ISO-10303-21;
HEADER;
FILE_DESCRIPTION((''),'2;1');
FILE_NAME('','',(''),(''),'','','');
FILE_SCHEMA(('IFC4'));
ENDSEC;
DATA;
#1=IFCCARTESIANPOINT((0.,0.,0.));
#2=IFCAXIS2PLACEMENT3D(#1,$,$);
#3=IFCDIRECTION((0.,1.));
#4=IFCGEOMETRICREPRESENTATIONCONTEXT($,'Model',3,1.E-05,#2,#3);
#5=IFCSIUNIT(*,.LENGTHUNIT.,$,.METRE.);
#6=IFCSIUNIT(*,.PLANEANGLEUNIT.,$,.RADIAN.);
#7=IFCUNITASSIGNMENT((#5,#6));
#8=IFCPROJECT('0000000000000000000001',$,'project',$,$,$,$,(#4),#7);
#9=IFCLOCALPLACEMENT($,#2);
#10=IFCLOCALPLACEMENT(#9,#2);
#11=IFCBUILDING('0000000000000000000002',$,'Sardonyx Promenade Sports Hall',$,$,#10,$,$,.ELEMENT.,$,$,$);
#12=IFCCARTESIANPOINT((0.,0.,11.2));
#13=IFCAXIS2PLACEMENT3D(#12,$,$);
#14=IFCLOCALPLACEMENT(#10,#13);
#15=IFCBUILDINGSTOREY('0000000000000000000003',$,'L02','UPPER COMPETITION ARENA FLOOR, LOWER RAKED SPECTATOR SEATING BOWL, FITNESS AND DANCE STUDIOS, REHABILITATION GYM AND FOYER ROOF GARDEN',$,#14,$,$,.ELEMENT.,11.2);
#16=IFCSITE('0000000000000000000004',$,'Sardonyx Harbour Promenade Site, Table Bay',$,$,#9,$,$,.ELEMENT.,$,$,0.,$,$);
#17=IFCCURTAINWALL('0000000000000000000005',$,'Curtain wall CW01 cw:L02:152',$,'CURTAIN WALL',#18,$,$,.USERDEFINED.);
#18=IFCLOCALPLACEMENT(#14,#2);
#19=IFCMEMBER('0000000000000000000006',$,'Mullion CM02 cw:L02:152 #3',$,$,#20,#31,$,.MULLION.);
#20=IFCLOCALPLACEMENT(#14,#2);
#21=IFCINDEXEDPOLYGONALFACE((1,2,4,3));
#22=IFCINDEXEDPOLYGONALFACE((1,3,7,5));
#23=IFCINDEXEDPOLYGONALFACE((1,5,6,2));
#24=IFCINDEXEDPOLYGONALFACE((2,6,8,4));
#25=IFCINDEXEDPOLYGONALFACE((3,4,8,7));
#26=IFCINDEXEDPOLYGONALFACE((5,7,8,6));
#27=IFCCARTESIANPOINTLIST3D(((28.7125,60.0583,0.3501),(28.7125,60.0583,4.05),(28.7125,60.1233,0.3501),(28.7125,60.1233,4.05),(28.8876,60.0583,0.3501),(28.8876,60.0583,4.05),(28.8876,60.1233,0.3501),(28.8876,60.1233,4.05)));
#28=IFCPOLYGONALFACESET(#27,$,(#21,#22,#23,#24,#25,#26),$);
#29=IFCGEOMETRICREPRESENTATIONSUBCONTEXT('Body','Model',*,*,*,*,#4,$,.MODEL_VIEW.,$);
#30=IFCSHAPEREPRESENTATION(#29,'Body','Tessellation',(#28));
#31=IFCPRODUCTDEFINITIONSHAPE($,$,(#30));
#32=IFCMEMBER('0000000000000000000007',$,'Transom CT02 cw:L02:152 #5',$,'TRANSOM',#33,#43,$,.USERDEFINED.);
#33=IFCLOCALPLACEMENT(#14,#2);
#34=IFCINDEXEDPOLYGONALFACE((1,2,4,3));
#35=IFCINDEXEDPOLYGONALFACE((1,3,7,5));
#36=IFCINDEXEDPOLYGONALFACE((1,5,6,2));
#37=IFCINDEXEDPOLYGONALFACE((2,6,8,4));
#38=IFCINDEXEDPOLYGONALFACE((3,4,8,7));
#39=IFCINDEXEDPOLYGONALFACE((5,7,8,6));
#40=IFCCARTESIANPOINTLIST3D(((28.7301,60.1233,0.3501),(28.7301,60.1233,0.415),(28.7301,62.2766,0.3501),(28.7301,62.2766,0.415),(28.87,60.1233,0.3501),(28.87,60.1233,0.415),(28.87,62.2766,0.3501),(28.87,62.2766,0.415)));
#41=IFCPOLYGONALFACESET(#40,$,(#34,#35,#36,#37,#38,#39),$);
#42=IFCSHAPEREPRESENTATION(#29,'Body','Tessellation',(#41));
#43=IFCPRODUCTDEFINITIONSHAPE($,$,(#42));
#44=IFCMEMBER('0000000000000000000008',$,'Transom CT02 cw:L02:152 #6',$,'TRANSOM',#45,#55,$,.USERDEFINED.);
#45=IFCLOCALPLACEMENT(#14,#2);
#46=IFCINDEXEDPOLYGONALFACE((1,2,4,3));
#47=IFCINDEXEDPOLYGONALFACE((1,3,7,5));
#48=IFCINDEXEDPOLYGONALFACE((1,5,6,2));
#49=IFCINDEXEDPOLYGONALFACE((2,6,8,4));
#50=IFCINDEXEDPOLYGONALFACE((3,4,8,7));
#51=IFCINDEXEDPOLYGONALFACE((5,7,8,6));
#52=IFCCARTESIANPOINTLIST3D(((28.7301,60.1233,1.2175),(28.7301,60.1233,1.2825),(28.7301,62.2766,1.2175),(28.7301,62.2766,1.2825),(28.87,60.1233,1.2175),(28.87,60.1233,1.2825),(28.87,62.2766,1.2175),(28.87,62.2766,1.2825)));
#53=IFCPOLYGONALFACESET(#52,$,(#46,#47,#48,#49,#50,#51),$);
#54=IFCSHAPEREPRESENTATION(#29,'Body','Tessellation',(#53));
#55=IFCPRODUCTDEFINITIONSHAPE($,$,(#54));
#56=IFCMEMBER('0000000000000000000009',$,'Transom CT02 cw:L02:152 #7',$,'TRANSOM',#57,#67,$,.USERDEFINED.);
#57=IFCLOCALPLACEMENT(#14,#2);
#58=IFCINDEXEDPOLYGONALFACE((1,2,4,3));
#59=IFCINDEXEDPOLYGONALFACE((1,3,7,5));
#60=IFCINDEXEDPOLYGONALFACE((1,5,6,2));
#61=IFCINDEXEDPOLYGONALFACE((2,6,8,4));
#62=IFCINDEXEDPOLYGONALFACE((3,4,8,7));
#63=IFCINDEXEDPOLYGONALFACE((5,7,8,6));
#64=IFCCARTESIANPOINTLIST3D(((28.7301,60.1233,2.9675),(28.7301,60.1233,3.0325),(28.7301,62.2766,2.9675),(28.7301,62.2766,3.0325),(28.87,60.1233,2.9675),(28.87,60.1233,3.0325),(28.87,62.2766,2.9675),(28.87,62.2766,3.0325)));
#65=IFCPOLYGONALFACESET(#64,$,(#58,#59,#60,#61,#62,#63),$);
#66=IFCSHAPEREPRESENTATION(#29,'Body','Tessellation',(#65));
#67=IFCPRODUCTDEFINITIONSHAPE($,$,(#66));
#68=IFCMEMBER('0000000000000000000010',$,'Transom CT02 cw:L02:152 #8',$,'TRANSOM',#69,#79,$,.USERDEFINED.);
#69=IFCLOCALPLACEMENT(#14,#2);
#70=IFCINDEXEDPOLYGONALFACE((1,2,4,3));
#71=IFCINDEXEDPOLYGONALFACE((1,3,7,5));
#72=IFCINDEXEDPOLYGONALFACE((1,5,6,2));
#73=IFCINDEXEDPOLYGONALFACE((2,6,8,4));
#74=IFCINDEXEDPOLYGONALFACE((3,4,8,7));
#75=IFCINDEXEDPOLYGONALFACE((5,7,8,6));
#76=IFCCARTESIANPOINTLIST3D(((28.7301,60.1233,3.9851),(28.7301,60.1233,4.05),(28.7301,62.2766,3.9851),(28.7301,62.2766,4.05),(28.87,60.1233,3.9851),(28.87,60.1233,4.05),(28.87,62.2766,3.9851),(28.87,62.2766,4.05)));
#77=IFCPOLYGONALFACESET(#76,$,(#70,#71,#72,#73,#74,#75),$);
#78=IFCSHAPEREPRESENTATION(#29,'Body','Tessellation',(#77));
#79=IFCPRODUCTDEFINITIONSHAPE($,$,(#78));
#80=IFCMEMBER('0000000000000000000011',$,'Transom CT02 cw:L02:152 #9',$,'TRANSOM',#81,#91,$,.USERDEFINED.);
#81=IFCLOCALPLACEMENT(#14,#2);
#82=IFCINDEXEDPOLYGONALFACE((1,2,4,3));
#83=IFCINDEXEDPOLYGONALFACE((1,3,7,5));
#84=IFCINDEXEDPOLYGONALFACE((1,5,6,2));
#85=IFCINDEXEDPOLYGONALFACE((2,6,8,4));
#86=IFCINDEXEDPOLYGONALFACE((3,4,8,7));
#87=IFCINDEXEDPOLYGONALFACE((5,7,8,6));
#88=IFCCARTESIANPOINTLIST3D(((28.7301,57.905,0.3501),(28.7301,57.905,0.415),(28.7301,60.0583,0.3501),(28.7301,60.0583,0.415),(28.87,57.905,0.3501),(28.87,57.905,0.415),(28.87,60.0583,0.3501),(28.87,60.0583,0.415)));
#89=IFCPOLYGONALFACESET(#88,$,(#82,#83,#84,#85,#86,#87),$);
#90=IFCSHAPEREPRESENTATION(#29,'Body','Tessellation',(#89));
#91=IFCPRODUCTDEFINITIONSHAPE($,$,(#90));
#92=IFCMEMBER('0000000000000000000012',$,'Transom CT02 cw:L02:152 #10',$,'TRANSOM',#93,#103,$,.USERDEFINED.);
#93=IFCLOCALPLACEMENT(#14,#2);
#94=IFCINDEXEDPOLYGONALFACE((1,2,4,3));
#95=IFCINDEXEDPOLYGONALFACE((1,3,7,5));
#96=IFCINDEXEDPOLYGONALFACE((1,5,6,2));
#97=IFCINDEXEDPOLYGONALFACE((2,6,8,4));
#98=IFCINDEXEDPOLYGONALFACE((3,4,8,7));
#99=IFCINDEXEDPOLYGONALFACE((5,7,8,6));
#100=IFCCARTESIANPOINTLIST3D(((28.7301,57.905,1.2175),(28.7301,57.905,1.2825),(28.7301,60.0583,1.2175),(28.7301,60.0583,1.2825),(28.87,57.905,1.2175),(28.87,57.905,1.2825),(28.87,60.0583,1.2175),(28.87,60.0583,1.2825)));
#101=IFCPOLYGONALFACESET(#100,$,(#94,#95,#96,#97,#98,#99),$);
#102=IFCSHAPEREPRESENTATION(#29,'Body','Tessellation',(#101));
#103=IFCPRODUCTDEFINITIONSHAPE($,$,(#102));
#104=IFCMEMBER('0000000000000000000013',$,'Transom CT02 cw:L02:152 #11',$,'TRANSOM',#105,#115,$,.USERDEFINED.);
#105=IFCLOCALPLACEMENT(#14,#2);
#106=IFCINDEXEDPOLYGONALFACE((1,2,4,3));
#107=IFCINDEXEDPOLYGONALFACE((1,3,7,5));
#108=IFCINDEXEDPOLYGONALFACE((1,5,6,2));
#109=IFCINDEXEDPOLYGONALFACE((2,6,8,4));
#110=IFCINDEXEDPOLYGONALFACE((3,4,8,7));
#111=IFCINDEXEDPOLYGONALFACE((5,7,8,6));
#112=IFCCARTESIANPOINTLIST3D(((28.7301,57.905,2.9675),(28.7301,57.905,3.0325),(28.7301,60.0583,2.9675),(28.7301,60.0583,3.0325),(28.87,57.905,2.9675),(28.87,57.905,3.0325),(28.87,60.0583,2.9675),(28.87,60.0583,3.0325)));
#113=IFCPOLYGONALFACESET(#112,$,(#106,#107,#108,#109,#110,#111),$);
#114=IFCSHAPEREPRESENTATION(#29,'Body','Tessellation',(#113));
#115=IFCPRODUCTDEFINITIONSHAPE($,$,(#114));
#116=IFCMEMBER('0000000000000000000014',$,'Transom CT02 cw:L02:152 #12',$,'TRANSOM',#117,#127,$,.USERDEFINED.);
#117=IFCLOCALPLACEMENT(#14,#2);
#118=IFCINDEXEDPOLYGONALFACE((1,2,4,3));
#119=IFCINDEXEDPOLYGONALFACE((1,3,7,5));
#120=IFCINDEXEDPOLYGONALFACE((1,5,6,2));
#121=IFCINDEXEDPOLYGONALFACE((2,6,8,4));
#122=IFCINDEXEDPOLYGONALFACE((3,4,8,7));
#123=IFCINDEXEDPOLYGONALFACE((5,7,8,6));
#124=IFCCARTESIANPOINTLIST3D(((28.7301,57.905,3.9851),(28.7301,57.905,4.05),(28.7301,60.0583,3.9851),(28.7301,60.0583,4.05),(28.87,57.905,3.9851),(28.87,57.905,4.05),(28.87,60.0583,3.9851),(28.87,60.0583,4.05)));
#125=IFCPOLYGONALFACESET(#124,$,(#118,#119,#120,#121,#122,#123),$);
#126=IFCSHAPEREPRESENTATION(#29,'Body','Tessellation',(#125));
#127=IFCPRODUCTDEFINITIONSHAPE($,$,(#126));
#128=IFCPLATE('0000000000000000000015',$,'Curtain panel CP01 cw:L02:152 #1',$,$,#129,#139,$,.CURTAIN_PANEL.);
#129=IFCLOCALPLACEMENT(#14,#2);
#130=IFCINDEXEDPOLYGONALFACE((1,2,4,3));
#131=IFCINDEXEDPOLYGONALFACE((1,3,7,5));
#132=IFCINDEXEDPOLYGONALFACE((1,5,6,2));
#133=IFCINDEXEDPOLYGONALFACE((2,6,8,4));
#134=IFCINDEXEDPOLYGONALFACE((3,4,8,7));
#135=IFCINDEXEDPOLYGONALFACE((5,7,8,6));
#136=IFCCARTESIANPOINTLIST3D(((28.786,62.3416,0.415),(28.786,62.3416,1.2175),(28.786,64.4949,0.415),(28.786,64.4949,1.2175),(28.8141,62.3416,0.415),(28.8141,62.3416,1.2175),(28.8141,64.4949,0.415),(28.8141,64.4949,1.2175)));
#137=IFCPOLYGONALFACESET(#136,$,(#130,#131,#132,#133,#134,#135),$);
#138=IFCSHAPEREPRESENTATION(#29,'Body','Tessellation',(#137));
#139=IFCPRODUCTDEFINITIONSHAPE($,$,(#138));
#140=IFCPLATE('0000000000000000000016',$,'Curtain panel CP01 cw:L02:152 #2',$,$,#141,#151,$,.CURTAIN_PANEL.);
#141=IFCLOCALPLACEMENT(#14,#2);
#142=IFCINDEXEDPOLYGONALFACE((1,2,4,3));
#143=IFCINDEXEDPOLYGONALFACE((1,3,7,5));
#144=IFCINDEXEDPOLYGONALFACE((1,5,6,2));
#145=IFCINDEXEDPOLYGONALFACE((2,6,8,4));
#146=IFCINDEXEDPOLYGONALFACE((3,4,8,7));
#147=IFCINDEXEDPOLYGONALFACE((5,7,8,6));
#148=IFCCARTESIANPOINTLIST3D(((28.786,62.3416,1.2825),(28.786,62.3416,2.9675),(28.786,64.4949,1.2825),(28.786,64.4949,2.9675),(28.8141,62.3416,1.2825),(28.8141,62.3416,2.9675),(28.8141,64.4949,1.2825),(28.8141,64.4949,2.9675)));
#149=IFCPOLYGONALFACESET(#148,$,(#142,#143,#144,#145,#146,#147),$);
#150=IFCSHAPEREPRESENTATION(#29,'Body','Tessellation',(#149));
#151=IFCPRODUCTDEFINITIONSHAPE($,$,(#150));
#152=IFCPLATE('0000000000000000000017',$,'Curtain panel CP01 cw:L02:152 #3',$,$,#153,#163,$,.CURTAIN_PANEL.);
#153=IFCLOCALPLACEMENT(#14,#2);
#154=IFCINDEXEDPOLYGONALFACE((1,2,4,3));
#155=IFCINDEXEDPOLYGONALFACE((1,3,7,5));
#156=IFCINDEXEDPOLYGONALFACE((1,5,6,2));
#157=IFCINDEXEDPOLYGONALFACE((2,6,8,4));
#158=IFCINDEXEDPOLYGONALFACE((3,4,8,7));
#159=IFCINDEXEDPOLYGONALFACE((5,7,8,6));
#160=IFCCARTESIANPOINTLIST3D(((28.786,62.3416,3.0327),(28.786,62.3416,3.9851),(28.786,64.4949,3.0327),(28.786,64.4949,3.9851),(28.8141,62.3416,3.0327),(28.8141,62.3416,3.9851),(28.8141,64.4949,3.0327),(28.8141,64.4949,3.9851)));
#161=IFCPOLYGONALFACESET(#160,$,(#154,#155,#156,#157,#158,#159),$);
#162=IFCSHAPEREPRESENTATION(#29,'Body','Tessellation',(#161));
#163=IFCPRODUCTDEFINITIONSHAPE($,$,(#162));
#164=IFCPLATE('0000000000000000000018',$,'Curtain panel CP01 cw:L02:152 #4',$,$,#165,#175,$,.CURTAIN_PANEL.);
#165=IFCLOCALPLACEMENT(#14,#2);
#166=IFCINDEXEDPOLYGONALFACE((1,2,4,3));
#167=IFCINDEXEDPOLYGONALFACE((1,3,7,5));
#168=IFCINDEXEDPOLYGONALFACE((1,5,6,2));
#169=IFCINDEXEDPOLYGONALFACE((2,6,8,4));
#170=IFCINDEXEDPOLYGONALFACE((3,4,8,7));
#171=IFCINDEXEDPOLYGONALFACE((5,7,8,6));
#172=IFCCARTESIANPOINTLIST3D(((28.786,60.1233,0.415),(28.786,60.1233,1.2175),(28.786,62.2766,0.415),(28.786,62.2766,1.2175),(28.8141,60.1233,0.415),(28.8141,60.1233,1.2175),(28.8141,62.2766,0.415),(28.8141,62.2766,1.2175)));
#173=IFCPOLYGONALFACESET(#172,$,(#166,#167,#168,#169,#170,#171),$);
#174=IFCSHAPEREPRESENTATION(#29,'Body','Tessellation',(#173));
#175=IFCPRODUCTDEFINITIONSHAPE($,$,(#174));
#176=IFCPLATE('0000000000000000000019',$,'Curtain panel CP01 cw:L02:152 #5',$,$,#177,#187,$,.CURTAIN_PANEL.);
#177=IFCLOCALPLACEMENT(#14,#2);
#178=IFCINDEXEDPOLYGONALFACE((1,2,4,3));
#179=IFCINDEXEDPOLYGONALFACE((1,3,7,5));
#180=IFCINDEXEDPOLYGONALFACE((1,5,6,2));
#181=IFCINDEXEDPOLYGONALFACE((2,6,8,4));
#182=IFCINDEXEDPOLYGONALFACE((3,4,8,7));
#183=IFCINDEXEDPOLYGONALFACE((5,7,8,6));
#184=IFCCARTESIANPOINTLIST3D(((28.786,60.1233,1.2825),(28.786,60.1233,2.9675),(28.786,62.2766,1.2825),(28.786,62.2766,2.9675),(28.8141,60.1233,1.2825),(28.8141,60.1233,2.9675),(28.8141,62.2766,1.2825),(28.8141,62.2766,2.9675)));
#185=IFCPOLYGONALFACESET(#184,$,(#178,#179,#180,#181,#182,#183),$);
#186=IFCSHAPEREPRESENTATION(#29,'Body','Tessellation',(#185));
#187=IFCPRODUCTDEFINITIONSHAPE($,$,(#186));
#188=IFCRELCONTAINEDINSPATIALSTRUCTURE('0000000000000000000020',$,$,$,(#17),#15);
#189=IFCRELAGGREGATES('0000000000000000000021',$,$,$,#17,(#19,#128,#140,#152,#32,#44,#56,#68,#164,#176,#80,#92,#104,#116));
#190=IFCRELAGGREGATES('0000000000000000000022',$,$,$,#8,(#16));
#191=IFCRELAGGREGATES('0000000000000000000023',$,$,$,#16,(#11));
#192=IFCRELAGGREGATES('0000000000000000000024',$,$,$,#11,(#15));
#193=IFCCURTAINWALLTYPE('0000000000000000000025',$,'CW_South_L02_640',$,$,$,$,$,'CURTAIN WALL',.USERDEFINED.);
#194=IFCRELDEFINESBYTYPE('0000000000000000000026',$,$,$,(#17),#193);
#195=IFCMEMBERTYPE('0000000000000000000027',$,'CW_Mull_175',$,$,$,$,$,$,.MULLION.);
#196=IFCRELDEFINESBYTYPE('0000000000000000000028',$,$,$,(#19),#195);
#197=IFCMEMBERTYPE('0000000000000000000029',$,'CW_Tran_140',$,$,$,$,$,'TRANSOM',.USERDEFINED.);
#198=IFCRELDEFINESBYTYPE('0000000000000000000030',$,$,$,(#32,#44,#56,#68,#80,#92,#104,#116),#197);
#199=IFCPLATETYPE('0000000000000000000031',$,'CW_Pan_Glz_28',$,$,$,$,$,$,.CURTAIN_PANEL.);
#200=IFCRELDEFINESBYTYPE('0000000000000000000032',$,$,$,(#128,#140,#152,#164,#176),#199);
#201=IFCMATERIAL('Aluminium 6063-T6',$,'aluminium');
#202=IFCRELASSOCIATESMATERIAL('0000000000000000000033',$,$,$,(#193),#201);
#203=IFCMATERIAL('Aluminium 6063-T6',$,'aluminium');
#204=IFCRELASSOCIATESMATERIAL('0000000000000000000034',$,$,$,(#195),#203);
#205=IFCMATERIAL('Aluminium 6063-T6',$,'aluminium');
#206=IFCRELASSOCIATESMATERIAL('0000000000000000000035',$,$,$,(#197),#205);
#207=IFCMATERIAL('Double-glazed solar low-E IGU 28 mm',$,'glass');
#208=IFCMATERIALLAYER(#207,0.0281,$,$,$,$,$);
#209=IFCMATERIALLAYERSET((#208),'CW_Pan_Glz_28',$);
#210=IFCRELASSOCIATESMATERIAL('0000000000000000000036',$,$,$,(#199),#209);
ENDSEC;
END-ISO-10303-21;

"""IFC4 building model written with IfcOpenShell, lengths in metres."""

from ifc_helpers import new_model, si_unit, direction, frame, origin, origin_2d, place, context, subcontext, project, spatial, rectangle, extrude, material, layer, layer_set, material_profile, profile_set, type_object, element, aggregate, save


model = new_model("IFC4")

# Units and contexts
model_context = context("Model", 3, precision=1e-05, world=origin(), true_north=direction((0.0, 1.0)))
body_context = subcontext(model_context, "Body", "Model", "MODEL_VIEW")
ifc_project = project(units=[si_unit("LENGTHUNIT", "METRE"), si_unit("PLANEANGLEUNIT", "RADIAN")], contexts=[model_context])

# Site, building, storey
site_placement = place(None, origin())
site = spatial("IfcSite", under=ifc_project, at=site_placement, Name="Sardonyx Harbour Promenade Site, Table Bay", CompositionType="ELEMENT", RefElevation=0.0)
building_placement = place(site_placement, origin())
building = spatial("IfcBuilding", under=site, at=building_placement, Name="Sardonyx Promenade Sports Hall", CompositionType="ELEMENT")
storey_placement = place(building_placement, frame((0.0, 0.0, 11.2)))
storey = spatial("IfcBuildingStorey", under=building, at=storey_placement, Name="L02", Description="UPPER COMPETITION ARENA FLOOR, LOWER RAKED SPECTATOR SEATING BOWL, FITNESS AND DANCE STUDIOS, REHABILITATION GYM AND FOYER ROOF GARDEN", CompositionType="ELEMENT", Elevation=11.2)

# Curtain wall, members, plates
ifc_material_1 = material(Name="Aluminium 6063-T6", Category="aluminium")
curtain_wall_type = type_object("IfcCurtainWallType", Name="CW_South_L02_640", ElementType="CURTAIN WALL", PredefinedType="USERDEFINED", material=ifc_material_1)
curtain_wall_placement = place(storey_placement, origin())
curtain_wall = element("IfcCurtainWall", 1, at=curtain_wall_placement, inside=storey, type_object=curtain_wall_type, Name="Curtain wall CW01 cw:L02:152", ObjectType="CURTAIN WALL", PredefinedType="USERDEFINED")
ifc_material_2 = material(Name="Aluminium 6063-T6", Category="aluminium")
ifc_material_profile_1 = material_profile(ifc_material_2, rectangle(XDim=0.0649, YDim=0.175, at=origin_2d()))
ifc_profile_set_1 = profile_set([ifc_material_profile_1], Name="Aluminium 6063-T6")
member_type_1 = type_object("IfcMemberType", Name="CW_Mull_175", PredefinedType="MULLION", material=ifc_profile_set_1)
member_1_placement = place(storey_placement, frame((28.8, 60.0908, 0.3501), z_axis=(0.0, 0.0, 1.0), x_axis=(0.0, -1.0, 0.0)))
member_1 = element("IfcMember", 2, at=member_1_placement, type_object=member_type_1, Name="Mullion CM02 cw:L02:152 #3", PredefinedType="MULLION", context=body_context, shape_type="SweptSolid", body=[
    extrude(rectangle(XDim=0.0649, YDim=0.175, at=origin_2d()), origin(), (0.0, 0.0, 1.0), 3.7),
])
ifc_material_3 = material(Name="Aluminium 6063-T6", Category="aluminium")
ifc_material_profile_2 = material_profile(ifc_material_3, rectangle(XDim=0.0649, YDim=0.1399, at=origin_2d()))
ifc_profile_set_2 = profile_set([ifc_material_profile_2], Name="Aluminium 6063-T6")
member_type_2 = type_object("IfcMemberType", Name="CW_Tran_140", ElementType="TRANSOM", PredefinedType="USERDEFINED", material=ifc_profile_set_2)
member_2_placement = place(storey_placement, frame((28.8, 62.2766, 0.3826), z_axis=(0.0, -1.0, 0.0), x_axis=(0.0, 0.0, 1.0)))
member_2 = element("IfcMember", 3, at=member_2_placement, type_object=member_type_2, Name="Transom CT02 cw:L02:152 #5", ObjectType="TRANSOM", PredefinedType="USERDEFINED", context=body_context, shape_type="SweptSolid", body=[
    extrude(rectangle(XDim=0.0649, YDim=0.1399, at=origin_2d()), origin(), (0.0, 0.0, 1.0), 2.1533),
])
member_3_placement = place(storey_placement, frame((28.8, 62.2766, 1.25), z_axis=(0.0, -1.0, 0.0), x_axis=(0.0, 0.0, 1.0)))
member_3 = element("IfcMember", 4, at=member_3_placement, type_object=member_type_2, Name="Transom CT02 cw:L02:152 #6", ObjectType="TRANSOM", PredefinedType="USERDEFINED", context=body_context, shape_type="SweptSolid", body=[
    extrude(rectangle(XDim=0.0649, YDim=0.1399, at=origin_2d()), origin(), (0.0, 0.0, 1.0), 2.1533),
])
member_4_placement = place(storey_placement, frame((28.8, 62.2766, 3.0), z_axis=(0.0, -1.0, 0.0), x_axis=(0.0, 0.0, 1.0)))
member_4 = element("IfcMember", 5, at=member_4_placement, type_object=member_type_2, Name="Transom CT02 cw:L02:152 #7", ObjectType="TRANSOM", PredefinedType="USERDEFINED", context=body_context, shape_type="SweptSolid", body=[
    extrude(rectangle(XDim=0.0649, YDim=0.1399, at=origin_2d()), origin(), (0.0, 0.0, 1.0), 2.1533),
])
member_5_placement = place(storey_placement, frame((28.8, 62.2766, 4.0176), z_axis=(0.0, -1.0, 0.0), x_axis=(0.0, 0.0, 1.0)))
member_5 = element("IfcMember", 6, at=member_5_placement, type_object=member_type_2, Name="Transom CT02 cw:L02:152 #8", ObjectType="TRANSOM", PredefinedType="USERDEFINED", context=body_context, shape_type="SweptSolid", body=[
    extrude(rectangle(XDim=0.0649, YDim=0.1399, at=origin_2d()), origin(), (0.0, 0.0, 1.0), 2.1533),
])
member_6_placement = place(storey_placement, frame((28.8, 60.0583, 0.3826), z_axis=(0.0, -1.0, 0.0), x_axis=(0.0, 0.0, 1.0)))
member_6 = element("IfcMember", 7, at=member_6_placement, type_object=member_type_2, Name="Transom CT02 cw:L02:152 #9", ObjectType="TRANSOM", PredefinedType="USERDEFINED", context=body_context, shape_type="SweptSolid", body=[
    extrude(rectangle(XDim=0.0649, YDim=0.1399, at=origin_2d()), origin(), (0.0, 0.0, 1.0), 2.1533),
])
member_7_placement = place(storey_placement, frame((28.8, 60.0583, 1.25), z_axis=(0.0, -1.0, 0.0), x_axis=(0.0, 0.0, 1.0)))
member_7 = element("IfcMember", 8, at=member_7_placement, type_object=member_type_2, Name="Transom CT02 cw:L02:152 #10", ObjectType="TRANSOM", PredefinedType="USERDEFINED", context=body_context, shape_type="SweptSolid", body=[
    extrude(rectangle(XDim=0.0649, YDim=0.1399, at=origin_2d()), origin(), (0.0, 0.0, 1.0), 2.1533),
])
member_8_placement = place(storey_placement, frame((28.8, 60.0583, 3.0), z_axis=(0.0, -1.0, 0.0), x_axis=(0.0, 0.0, 1.0)))
member_8 = element("IfcMember", 9, at=member_8_placement, type_object=member_type_2, Name="Transom CT02 cw:L02:152 #11", ObjectType="TRANSOM", PredefinedType="USERDEFINED", context=body_context, shape_type="SweptSolid", body=[
    extrude(rectangle(XDim=0.0649, YDim=0.1399, at=origin_2d()), origin(), (0.0, 0.0, 1.0), 2.1533),
])
member_9_placement = place(storey_placement, frame((28.8, 60.0583, 4.0176), z_axis=(0.0, -1.0, 0.0), x_axis=(0.0, 0.0, 1.0)))
member_9 = element("IfcMember", 10, at=member_9_placement, type_object=member_type_2, Name="Transom CT02 cw:L02:152 #12", ObjectType="TRANSOM", PredefinedType="USERDEFINED", context=body_context, shape_type="SweptSolid", body=[
    extrude(rectangle(XDim=0.0649, YDim=0.1399, at=origin_2d()), origin(), (0.0, 0.0, 1.0), 2.1533),
])
ifc_material_4 = material(Name="Double-glazed solar low-E IGU 28 mm", Category="glass")
ifc_layer_1 = layer(ifc_material_4, 0.0281)
ifc_layer_set_1 = layer_set([ifc_layer_1], Name="CW_Pan_Glz_28")
plate_type = type_object("IfcPlateType", Name="CW_Pan_Glz_28", PredefinedType="CURTAIN_PANEL", material=ifc_layer_set_1)
plate_1_placement = place(storey_placement, frame((28.8, 63.4182, 0.415), z_axis=(0.0, 0.0, 1.0), x_axis=(0.0, -1.0, 0.0)))
plate_1 = element("IfcPlate", 11, at=plate_1_placement, type_object=plate_type, Name="Curtain panel CP01 cw:L02:152 #1", PredefinedType="CURTAIN_PANEL", context=body_context, shape_type="SweptSolid", body=[
    extrude(rectangle(XDim=2.1533, YDim=0.0281, at=origin_2d()), origin(), (0.0, 0.0, 1.0), 0.8025),
])
plate_2_placement = place(storey_placement, frame((28.8, 63.4182, 1.2825), z_axis=(0.0, 0.0, 1.0), x_axis=(0.0, -1.0, 0.0)))
plate_2 = element("IfcPlate", 12, at=plate_2_placement, type_object=plate_type, Name="Curtain panel CP01 cw:L02:152 #2", PredefinedType="CURTAIN_PANEL", context=body_context, shape_type="SweptSolid", body=[
    extrude(rectangle(XDim=2.1533, YDim=0.0281, at=origin_2d()), origin(), (0.0, 0.0, 1.0), 1.6851),
])
plate_3_placement = place(storey_placement, frame((28.8, 63.4182, 3.0327), z_axis=(0.0, 0.0, 1.0), x_axis=(0.0, -1.0, 0.0)))
plate_3 = element("IfcPlate", 13, at=plate_3_placement, type_object=plate_type, Name="Curtain panel CP01 cw:L02:152 #3", PredefinedType="CURTAIN_PANEL", context=body_context, shape_type="SweptSolid", body=[
    extrude(rectangle(XDim=2.1533, YDim=0.0281, at=origin_2d()), origin(), (0.0, 0.0, 1.0), 0.9524),
])
plate_4_placement = place(storey_placement, frame((28.8, 61.2, 0.415), z_axis=(0.0, 0.0, 1.0), x_axis=(0.0, -1.0, 0.0)))
plate_4 = element("IfcPlate", 14, at=plate_4_placement, type_object=plate_type, Name="Curtain panel CP01 cw:L02:152 #4", PredefinedType="CURTAIN_PANEL", context=body_context, shape_type="SweptSolid", body=[
    extrude(rectangle(XDim=2.1533, YDim=0.0281, at=origin_2d()), origin(), (0.0, 0.0, 1.0), 0.8025),
])
plate_5_placement = place(storey_placement, frame((28.8, 61.2, 1.2825), z_axis=(0.0, 0.0, 1.0), x_axis=(0.0, -1.0, 0.0)))
plate_5 = element("IfcPlate", 15, at=plate_5_placement, type_object=plate_type, Name="Curtain panel CP01 cw:L02:152 #5", PredefinedType="CURTAIN_PANEL", context=body_context, shape_type="SweptSolid", body=[
    extrude(rectangle(XDim=2.1533, YDim=0.0281, at=origin_2d()), origin(), (0.0, 0.0, 1.0), 1.6851),
])
aggregate(curtain_wall, [member_1, plate_1, plate_2, plate_3, member_2, member_3, member_4, member_5, plate_4, plate_5, member_6, member_7, member_8, member_9])

save(model, "model.ifc")
